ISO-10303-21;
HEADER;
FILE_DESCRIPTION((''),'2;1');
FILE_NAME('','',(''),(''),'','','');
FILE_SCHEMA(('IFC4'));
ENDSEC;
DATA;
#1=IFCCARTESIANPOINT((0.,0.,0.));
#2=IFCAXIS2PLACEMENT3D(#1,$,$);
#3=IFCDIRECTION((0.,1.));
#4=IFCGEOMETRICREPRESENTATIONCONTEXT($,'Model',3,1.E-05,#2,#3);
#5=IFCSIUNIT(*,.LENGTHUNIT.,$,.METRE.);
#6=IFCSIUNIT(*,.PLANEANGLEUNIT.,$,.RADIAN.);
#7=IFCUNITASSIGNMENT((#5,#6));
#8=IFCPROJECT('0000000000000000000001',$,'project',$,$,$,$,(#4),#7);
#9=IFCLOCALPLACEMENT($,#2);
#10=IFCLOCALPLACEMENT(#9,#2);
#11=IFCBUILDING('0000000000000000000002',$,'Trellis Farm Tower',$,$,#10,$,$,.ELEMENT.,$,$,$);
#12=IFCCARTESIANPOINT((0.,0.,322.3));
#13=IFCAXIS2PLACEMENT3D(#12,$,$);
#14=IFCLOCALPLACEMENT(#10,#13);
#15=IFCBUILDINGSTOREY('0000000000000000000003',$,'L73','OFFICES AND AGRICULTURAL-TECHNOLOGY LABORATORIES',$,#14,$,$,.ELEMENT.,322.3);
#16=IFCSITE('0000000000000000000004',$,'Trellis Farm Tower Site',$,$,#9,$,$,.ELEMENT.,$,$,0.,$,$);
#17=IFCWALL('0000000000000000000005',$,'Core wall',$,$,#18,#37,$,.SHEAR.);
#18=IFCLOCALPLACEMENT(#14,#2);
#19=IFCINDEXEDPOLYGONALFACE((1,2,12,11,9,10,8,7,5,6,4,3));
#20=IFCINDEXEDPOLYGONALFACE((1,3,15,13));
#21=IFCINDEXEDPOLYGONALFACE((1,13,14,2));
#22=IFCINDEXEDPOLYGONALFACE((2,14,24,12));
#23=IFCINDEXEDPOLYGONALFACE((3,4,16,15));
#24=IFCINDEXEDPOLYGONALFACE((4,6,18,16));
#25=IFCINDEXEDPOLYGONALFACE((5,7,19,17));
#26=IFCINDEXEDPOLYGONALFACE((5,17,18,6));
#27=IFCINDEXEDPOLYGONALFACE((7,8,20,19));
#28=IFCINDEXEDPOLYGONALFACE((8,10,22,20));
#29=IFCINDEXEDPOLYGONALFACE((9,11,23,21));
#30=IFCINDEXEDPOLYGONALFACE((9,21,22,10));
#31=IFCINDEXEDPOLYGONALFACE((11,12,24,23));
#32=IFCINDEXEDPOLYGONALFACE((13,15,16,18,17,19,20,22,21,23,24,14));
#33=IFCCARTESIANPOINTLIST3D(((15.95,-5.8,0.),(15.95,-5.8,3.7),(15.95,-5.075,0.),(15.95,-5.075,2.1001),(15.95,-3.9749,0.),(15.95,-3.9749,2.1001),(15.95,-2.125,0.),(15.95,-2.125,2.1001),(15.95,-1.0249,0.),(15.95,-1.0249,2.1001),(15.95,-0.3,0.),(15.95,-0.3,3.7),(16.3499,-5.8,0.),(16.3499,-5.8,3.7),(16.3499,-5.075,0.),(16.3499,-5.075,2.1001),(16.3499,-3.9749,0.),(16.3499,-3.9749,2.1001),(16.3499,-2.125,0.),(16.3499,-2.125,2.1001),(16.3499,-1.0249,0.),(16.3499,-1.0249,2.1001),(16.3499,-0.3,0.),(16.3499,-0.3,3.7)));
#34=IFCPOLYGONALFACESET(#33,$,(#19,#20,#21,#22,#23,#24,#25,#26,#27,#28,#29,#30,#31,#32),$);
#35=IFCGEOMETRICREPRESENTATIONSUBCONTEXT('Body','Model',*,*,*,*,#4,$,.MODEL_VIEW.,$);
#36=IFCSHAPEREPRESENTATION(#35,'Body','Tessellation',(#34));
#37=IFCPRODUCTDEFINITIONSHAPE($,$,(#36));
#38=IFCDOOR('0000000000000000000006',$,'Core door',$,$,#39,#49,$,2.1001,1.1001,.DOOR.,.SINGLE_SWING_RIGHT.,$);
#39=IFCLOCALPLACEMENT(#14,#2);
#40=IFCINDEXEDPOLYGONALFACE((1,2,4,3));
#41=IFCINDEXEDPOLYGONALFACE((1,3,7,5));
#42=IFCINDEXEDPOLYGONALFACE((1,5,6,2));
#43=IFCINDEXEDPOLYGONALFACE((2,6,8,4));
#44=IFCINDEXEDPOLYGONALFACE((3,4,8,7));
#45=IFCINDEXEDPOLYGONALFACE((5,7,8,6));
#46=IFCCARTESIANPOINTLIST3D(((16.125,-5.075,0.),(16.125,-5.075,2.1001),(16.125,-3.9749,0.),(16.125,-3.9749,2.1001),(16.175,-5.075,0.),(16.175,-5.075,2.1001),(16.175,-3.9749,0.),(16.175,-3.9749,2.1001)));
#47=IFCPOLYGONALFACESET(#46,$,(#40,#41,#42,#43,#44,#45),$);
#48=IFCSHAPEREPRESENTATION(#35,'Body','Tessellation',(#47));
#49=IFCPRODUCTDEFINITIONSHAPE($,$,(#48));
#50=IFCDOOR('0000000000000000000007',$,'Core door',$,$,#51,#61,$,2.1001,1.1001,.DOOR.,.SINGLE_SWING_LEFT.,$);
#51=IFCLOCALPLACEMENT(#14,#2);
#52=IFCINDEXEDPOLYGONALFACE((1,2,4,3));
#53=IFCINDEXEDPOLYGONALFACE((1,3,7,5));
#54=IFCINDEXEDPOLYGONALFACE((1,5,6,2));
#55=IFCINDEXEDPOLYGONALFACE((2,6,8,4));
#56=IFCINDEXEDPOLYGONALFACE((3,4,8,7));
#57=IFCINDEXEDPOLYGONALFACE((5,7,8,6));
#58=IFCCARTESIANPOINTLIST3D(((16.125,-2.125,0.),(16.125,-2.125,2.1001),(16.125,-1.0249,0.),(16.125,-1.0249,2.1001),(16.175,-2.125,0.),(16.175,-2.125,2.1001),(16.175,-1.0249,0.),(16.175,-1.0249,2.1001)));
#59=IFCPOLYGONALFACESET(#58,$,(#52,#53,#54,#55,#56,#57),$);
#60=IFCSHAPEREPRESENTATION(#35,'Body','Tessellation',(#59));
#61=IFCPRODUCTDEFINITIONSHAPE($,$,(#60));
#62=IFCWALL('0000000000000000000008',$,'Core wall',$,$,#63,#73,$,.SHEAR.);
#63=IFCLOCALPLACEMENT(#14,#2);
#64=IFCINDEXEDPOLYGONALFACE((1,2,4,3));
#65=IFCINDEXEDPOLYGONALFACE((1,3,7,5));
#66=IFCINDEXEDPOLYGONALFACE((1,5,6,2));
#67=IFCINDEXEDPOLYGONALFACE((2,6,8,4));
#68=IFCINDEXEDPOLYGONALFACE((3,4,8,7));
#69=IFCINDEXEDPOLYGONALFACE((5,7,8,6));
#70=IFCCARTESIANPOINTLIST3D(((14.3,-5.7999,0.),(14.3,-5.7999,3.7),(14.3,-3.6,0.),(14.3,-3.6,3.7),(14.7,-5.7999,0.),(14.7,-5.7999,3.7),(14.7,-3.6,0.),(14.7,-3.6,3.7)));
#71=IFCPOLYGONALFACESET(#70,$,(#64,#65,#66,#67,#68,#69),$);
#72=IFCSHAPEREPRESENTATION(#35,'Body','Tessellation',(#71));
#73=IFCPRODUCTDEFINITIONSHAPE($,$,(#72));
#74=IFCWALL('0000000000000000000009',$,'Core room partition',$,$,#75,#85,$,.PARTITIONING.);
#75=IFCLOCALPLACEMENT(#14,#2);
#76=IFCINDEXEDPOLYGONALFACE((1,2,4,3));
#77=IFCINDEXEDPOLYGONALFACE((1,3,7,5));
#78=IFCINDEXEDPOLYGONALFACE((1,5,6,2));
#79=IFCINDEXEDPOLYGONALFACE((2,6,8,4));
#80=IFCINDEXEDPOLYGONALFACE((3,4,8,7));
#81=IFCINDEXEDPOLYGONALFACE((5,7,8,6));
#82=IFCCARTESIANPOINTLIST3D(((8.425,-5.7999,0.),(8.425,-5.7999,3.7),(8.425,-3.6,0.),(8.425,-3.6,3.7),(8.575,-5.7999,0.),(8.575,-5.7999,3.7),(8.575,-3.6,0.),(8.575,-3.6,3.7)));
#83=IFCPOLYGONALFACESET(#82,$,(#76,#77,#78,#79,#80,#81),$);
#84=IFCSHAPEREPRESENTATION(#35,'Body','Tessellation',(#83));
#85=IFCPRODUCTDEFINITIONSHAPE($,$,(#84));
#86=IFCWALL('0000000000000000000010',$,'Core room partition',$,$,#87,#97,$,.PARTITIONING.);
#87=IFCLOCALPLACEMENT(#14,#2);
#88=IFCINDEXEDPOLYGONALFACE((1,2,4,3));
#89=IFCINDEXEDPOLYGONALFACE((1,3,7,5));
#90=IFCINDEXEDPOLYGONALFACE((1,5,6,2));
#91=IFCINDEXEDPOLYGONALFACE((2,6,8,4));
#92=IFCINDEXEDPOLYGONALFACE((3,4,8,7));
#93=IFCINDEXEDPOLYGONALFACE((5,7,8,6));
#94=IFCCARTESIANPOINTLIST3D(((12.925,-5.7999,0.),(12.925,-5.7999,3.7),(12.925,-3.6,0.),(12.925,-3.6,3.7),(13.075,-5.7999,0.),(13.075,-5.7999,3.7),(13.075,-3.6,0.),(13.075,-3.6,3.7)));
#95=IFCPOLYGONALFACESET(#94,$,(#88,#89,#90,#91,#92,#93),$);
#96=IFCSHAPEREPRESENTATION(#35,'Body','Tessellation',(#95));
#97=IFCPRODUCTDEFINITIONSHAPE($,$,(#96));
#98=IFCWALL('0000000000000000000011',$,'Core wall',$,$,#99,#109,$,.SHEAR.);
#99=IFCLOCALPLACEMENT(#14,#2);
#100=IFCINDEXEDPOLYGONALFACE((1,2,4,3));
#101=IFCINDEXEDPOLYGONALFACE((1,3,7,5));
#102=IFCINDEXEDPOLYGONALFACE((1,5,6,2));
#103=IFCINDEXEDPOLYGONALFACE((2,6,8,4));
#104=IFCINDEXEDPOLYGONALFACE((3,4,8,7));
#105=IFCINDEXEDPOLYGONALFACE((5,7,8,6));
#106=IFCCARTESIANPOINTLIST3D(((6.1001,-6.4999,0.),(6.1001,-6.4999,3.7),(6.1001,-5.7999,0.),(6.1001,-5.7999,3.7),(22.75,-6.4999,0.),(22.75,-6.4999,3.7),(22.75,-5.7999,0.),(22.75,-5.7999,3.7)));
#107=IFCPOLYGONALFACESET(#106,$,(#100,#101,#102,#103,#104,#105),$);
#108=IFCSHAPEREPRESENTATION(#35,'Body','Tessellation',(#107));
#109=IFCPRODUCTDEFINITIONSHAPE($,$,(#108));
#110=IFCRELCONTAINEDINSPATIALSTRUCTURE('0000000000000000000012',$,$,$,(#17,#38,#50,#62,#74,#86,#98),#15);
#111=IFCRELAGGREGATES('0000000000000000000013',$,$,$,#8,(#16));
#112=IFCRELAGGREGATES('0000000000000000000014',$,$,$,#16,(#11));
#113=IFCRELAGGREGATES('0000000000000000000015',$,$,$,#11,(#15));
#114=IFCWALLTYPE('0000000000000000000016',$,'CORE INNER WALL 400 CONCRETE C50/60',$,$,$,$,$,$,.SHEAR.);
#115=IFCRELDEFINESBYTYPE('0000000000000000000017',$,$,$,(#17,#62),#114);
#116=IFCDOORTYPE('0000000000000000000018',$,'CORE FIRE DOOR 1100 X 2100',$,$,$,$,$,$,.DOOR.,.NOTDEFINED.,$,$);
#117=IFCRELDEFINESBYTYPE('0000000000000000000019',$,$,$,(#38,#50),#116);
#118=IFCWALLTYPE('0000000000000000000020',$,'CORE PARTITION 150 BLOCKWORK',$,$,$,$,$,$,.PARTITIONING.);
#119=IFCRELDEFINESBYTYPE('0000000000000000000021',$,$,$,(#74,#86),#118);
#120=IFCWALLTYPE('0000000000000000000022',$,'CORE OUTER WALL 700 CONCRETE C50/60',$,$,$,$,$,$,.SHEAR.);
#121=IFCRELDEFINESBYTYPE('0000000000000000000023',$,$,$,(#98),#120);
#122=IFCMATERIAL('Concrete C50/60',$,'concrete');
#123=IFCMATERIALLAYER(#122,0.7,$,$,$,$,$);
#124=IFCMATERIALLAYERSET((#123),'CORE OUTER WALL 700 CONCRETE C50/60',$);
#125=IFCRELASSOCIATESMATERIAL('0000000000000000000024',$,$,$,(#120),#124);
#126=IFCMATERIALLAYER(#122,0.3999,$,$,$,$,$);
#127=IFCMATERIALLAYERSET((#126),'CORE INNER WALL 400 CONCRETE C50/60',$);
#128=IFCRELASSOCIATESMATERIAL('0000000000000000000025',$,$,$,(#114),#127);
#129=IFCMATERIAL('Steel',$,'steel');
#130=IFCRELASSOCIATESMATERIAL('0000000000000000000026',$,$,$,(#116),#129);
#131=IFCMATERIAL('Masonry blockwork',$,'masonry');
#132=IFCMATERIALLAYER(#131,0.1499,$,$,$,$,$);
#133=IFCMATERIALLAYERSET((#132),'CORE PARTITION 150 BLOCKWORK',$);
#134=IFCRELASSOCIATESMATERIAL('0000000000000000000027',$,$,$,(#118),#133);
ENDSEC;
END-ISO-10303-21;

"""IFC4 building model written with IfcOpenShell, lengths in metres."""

from ifc_helpers import new_model, si_unit, direction, frame, frame_2d, origin, place, context, subcontext, project, spatial, rectangle, extrude, source, transform, mapped, material, layer, layer_set, type_object, element, fill, save


model = new_model("IFC4")

# Units and contexts
model_context = context("Model", 3, precision=1e-05, world=origin(), true_north=direction((0.0, 1.0)))
body_context = subcontext(model_context, "Body", "Model", "MODEL_VIEW")
ifc_project = project(units=[si_unit("LENGTHUNIT", "METRE"), si_unit("PLANEANGLEUNIT", "RADIAN")], contexts=[model_context])

# Site, building, storey
site_placement = place(None, origin())
site = spatial("IfcSite", under=ifc_project, at=site_placement, Name="Trellis Farm Tower Site", CompositionType="ELEMENT", RefElevation=0.0)
building_placement = place(site_placement, origin())
building = spatial("IfcBuilding", under=site, at=building_placement, Name="Trellis Farm Tower", CompositionType="ELEMENT")
storey_placement = place(building_placement, frame((0.0, 0.0, 322.3)))
storey = spatial("IfcBuildingStorey", under=building, at=storey_placement, Name="L73", Description="OFFICES AND AGRICULTURAL-TECHNOLOGY LABORATORIES", CompositionType="ELEMENT", Elevation=322.3)

# Shared definitions
ifc_material_1 = material(Name="Concrete C50/60", Category="concrete")
ifc_layer_1 = layer(ifc_material_1, 0.7)
ifc_layer_set_1 = layer_set([ifc_layer_1], Name="CORE OUTER WALL 700 CONCRETE C50/60")
wall_type_1 = type_object("IfcWallType", Name="CORE OUTER WALL 700 CONCRETE C50/60", PredefinedType="SHEAR", material=ifc_layer_set_1)
ifc_material_2 = material(Name="Steel", Category="steel")

# Wall, openings, doors
ifc_layer_2 = layer(ifc_material_1, 0.3999)
ifc_layer_set_2 = layer_set([ifc_layer_2], Name="CORE INNER WALL 400 CONCRETE C50/60")
wall_type_2 = type_object("IfcWallType", Name="CORE INNER WALL 400 CONCRETE C50/60", PredefinedType="SHEAR", material=ifc_layer_set_2)
shared_shape_1 = source(origin(), body_context, "Body", "SweptSolid", [
    extrude(rectangle(XDim=5.5, YDim=0.3999, at=frame_2d((2.75, 0.0))), origin(), (0.0, 0.0, 1.0), 3.7),
])
wall_1_placement = place(storey_placement, frame((16.1499, -5.8, 0.0), z_axis=(0.0, 0.0, 1.0), x_axis=(0.0, 1.0, 0.0)))
wall_1 = element("IfcWall", 1, at=wall_1_placement, inside=storey, type_object=wall_type_2, Name="Core wall", PredefinedType="SHEAR", context=body_context, shape_type="MappedRepresentation", body=[
    mapped(shared_shape_1, transform((0.0, 0.0, 0.0))),
])
shared_shape_2 = source(origin(), body_context, "Body", "SweptSolid", [
    extrude(rectangle(XDim=1.1001, YDim=2.1001, at=frame_2d((0.55, 1.05))), frame((0.0, 0.21, 0.0), z_axis=(0.0, -1.0, 0.0), x_axis=(1.0, 0.0, 0.0)), (0.0, 0.0, 1.0), 0.4199),
])
opening_1_placement = place(wall_1_placement, frame((0.7251, 0.0, 0.0)))
opening_1 = element("IfcOpeningElement", 2, at=opening_1_placement, cuts=wall_1, PredefinedType="OPENING", context=body_context, shape_type="MappedRepresentation", body=[
    mapped(shared_shape_2, transform((0.0, 0.0, 0.0))),
])
opening_2_placement = place(wall_1_placement, frame((3.675, 0.0, 0.0)))
opening_2 = element("IfcOpeningElement", 3, at=opening_2_placement, cuts=wall_1, PredefinedType="OPENING", context=body_context, shape_type="MappedRepresentation", body=[
    mapped(shared_shape_2, transform((0.0, 0.0, 0.0))),
])
door_type_1 = type_object("IfcDoorType", Name="CORE FIRE DOOR 1100 X 2100", OperationType="NOTDEFINED", PredefinedType="DOOR", material=ifc_material_2)
shared_shape_3 = source(origin(), body_context, "Body", "SweptSolid", [
    extrude(rectangle(XDim=1.1001, YDim=2.1001, at=frame_2d((0.55, 1.05))), frame((0.0, 0.0249, 0.0), z_axis=(0.0, -1.0, 0.0), x_axis=(1.0, 0.0, 0.0)), (0.0, 0.0, 1.0), 0.05),
])
door_1_placement = place(opening_1_placement, origin())
door_1 = element("IfcDoor", 4, at=door_1_placement, inside=storey, type_object=door_type_1, Name="Core door", OperationType="SINGLE_SWING_RIGHT", OverallHeight=2.1001, OverallWidth=1.1001, PredefinedType="DOOR", context=body_context, shape_type="MappedRepresentation", body=[
    mapped(shared_shape_3, transform((0.0, 0.0, 0.0))),
])
fill(opening_1, door_1)
door_2_placement = place(opening_2_placement, origin())
door_2 = element("IfcDoor", 5, at=door_2_placement, inside=storey, type_object=door_type_1, Name="Core door", OperationType="SINGLE_SWING_LEFT", OverallHeight=2.1001, OverallWidth=1.1001, PredefinedType="DOOR", context=body_context, shape_type="MappedRepresentation", body=[
    mapped(shared_shape_3, transform((0.0, 0.0, 0.0))),
])
fill(opening_2, door_2)

# Walls
shared_shape_4 = source(origin(), body_context, "Body", "SweptSolid", [
    extrude(rectangle(XDim=2.2, YDim=0.3999, at=frame_2d((1.1001, 0.0))), origin(), (0.0, 0.0, 1.0), 3.7),
])
wall_2_placement = place(storey_placement, frame((14.5, -5.8, 0.0), z_axis=(0.0, 0.0, 1.0), x_axis=(0.0, 1.0, 0.0)))
element("IfcWall", 6, at=wall_2_placement, inside=storey, type_object=wall_type_2, Name="Core wall", PredefinedType="SHEAR", context=body_context, shape_type="MappedRepresentation", body=[
    mapped(shared_shape_4, transform((0.0, 0.0, 0.0))),
])
ifc_material_3 = material(Name="Masonry blockwork", Category="masonry")
ifc_layer_3 = layer(ifc_material_3, 0.1499)
ifc_layer_set_3 = layer_set([ifc_layer_3], Name="CORE PARTITION 150 BLOCKWORK")
wall_type_3 = type_object("IfcWallType", Name="CORE PARTITION 150 BLOCKWORK", PredefinedType="PARTITIONING", material=ifc_layer_set_3)
shared_shape_5 = source(origin(), body_context, "Body", "SweptSolid", [
    extrude(rectangle(XDim=2.2, YDim=0.1499, at=frame_2d((1.1001, 0.0))), origin(), (0.0, 0.0, 1.0), 3.7),
])
for number, where, z_axis, x_axis, name in (
    (7, (8.5, -5.8, 0.0), (0.0, 0.0, 1.0), (0.0, 1.0, 0.0), "Core room partition"),
    (8, (13.0, -5.8, 0.0), (0.0, 0.0, 1.0), (0.0, 1.0, 0.0), "Core room partition"),
):
    element("IfcWall", number, at=place(storey_placement, frame(where, z_axis=z_axis, x_axis=x_axis)), inside=storey, type_object=wall_type_3, Name=name, PredefinedType="PARTITIONING", context=body_context, shape_type="MappedRepresentation", body=[
        mapped(shared_shape_5, transform((0.0, 0.0, 0.0))),
    ])
shared_shape_6 = source(origin(), body_context, "Body", "SweptSolid", [
    extrude(rectangle(XDim=16.6499, YDim=0.7, at=frame_2d((8.325, 0.0))), origin(), (0.0, 0.0, 1.0), 3.7),
])
wall_3_placement = place(storey_placement, frame((6.1001, -6.1499, 0.0), z_axis=(0.0, 0.0, 1.0), x_axis=(1.0, 0.0, 0.0)))
element("IfcWall", 9, at=wall_3_placement, inside=storey, type_object=wall_type_1, Name="Core wall", PredefinedType="SHEAR", context=body_context, shape_type="MappedRepresentation", body=[
    mapped(shared_shape_6, transform((0.0, 0.0, 0.0))),
])

save(model, "model.ifc")
